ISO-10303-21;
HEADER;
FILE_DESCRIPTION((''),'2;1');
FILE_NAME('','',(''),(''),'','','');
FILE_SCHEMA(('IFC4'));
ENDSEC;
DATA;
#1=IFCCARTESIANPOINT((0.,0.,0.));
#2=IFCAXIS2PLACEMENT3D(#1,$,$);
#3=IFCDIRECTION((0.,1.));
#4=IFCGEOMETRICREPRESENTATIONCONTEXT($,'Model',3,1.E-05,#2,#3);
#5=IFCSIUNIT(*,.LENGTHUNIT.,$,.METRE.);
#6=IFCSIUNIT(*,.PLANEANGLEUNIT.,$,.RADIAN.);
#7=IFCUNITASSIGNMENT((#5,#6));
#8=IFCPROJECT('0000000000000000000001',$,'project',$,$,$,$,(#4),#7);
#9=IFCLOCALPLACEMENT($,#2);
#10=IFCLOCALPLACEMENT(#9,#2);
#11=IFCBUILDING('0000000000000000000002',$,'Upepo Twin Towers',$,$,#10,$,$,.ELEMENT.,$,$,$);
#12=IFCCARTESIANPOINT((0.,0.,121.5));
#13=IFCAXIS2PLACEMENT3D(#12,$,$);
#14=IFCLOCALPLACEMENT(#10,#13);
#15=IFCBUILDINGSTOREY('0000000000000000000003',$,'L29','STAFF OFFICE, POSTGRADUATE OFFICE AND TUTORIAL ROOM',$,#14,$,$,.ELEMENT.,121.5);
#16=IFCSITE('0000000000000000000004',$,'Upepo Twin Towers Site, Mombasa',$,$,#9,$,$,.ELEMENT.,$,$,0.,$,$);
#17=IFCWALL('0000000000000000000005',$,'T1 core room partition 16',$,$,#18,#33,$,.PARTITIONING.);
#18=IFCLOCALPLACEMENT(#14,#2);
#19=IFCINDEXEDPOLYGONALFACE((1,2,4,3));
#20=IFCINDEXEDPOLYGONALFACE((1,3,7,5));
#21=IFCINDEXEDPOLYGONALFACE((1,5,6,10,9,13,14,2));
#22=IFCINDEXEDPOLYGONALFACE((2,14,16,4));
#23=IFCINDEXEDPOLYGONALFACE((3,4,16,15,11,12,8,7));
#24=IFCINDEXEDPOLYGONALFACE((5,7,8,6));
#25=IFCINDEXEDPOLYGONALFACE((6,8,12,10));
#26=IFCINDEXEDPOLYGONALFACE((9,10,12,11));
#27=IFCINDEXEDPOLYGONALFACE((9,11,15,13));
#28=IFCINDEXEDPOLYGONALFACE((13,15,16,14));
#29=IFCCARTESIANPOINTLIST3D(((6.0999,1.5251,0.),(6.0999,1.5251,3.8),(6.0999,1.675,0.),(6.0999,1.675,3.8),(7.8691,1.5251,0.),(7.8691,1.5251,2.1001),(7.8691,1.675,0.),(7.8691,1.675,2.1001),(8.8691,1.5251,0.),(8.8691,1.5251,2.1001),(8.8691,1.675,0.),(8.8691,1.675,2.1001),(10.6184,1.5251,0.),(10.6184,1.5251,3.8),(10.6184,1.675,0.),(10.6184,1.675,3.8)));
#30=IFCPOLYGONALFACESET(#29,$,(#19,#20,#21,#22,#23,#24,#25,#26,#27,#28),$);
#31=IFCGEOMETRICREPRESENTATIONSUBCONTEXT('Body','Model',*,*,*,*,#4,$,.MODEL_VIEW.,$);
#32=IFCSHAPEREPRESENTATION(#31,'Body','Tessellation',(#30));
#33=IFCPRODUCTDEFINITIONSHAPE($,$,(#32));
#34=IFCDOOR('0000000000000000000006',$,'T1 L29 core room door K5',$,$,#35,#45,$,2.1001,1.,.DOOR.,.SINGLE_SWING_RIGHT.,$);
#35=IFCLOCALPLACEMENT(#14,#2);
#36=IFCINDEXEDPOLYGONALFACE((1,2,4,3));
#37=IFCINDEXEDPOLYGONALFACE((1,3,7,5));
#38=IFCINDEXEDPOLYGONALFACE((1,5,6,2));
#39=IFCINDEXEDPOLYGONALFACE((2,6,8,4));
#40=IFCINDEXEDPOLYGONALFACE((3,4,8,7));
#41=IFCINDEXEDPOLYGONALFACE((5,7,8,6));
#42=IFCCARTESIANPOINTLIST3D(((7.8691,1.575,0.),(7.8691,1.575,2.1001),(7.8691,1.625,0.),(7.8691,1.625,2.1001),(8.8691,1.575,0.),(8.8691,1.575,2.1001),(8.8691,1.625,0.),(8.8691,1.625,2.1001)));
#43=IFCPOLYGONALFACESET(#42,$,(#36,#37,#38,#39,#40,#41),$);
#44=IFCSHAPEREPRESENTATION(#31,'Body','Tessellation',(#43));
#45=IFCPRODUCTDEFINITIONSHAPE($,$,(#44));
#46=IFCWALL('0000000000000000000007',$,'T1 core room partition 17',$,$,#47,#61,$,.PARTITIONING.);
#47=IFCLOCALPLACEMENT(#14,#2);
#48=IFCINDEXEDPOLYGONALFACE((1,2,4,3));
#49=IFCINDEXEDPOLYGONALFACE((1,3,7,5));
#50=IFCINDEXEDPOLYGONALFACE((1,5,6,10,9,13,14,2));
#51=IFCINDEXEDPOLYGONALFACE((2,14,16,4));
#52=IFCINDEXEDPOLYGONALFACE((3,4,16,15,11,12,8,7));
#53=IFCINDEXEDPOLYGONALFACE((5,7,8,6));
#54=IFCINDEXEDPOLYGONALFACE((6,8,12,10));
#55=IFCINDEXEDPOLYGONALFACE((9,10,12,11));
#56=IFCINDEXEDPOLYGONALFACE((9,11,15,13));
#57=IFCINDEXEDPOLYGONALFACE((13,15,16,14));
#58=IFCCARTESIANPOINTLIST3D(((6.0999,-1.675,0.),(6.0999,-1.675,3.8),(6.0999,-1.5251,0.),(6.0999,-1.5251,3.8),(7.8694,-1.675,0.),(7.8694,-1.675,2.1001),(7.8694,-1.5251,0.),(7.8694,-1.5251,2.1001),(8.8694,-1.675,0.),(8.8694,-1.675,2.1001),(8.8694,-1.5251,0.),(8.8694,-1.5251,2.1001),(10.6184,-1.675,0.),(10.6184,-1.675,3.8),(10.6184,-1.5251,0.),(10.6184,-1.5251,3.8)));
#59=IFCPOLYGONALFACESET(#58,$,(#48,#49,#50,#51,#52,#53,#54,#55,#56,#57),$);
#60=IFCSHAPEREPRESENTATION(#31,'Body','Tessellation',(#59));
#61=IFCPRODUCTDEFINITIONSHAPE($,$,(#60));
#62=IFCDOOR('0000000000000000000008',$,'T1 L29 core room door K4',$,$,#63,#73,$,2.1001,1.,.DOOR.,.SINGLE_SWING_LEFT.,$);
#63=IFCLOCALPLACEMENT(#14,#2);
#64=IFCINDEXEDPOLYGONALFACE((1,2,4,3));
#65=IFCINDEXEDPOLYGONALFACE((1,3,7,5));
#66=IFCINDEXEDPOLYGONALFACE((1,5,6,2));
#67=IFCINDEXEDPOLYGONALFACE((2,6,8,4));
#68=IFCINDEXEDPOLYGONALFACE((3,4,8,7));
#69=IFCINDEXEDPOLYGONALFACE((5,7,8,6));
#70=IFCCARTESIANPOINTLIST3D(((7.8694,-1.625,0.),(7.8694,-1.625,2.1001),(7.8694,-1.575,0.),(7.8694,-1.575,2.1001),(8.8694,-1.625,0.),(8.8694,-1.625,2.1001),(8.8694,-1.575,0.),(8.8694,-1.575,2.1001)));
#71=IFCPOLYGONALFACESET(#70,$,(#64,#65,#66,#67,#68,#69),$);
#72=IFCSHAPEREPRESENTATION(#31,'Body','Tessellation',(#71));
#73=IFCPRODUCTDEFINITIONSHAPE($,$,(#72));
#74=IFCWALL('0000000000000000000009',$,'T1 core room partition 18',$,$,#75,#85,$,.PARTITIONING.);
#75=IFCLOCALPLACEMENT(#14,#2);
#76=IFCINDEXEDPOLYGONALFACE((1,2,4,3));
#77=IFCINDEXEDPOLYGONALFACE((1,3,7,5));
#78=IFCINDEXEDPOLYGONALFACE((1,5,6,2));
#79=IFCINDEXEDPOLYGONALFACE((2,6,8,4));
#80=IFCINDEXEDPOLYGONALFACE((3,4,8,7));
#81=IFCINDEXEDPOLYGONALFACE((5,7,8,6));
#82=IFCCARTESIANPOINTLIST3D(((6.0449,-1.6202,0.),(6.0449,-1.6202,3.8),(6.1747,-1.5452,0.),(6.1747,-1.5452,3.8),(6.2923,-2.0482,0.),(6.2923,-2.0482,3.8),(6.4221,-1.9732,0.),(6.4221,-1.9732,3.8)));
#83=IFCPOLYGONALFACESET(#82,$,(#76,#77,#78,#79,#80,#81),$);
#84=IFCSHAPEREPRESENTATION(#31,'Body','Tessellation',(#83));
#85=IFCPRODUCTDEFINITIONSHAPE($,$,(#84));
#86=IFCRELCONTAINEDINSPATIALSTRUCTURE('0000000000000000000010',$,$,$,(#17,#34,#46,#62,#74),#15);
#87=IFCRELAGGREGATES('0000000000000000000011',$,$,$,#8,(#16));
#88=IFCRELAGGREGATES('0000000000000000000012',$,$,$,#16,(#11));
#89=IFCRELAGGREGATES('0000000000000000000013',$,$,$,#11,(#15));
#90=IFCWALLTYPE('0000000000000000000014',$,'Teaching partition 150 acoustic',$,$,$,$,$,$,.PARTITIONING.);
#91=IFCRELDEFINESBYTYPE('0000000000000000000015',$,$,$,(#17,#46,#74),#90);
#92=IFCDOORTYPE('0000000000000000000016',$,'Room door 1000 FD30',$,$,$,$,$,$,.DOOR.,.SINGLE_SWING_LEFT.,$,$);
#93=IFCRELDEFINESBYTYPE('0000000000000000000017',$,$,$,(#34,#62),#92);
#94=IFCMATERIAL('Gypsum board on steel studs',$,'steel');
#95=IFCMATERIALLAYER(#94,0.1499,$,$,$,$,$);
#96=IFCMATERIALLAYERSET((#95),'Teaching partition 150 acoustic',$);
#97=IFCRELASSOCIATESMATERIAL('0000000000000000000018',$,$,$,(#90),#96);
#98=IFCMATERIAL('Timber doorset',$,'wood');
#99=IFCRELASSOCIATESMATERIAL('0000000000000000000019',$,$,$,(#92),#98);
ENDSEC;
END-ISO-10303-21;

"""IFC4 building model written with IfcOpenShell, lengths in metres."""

from ifc_helpers import new_model, si_unit, direction, frame, frame_2d, origin, place, context, subcontext, project, spatial, rectangle, extrude, material, layer, layer_set, type_object, element, fill, save


model = new_model("IFC4")

# Units and contexts
model_context = context("Model", 3, precision=1e-05, world=origin(), true_north=direction((0.0, 1.0)))
body_context = subcontext(model_context, "Body", "Model", "MODEL_VIEW")
ifc_project = project(units=[si_unit("LENGTHUNIT", "METRE"), si_unit("PLANEANGLEUNIT", "RADIAN")], contexts=[model_context])

# Site, building, storey
site_placement = place(None, origin())
site = spatial("IfcSite", under=ifc_project, at=site_placement, Name="Upepo Twin Towers Site, Mombasa", CompositionType="ELEMENT", RefElevation=0.0)
building_placement = place(site_placement, origin())
building = spatial("IfcBuilding", under=site, at=building_placement, Name="Upepo Twin Towers", CompositionType="ELEMENT")
storey_placement = place(building_placement, frame((0.0, 0.0, 121.5)))
storey = spatial("IfcBuildingStorey", under=building, at=storey_placement, Name="L29", Description="STAFF OFFICE, POSTGRADUATE OFFICE AND TUTORIAL ROOM", CompositionType="ELEMENT", Elevation=121.5)

# Shared definitions
ifc_material_1 = material(Name="Gypsum board on steel studs", Category="steel")
ifc_layer_1 = layer(ifc_material_1, 0.1499)
ifc_layer_set_1 = layer_set([ifc_layer_1], Name="Teaching partition 150 acoustic")
wall_type_1 = type_object("IfcWallType", Name="Teaching partition 150 acoustic", PredefinedType="PARTITIONING", material=ifc_layer_set_1)

# Walls, openings, doors
wall_1_placement = place(storey_placement, frame((6.0999, 1.6001, 0.0), z_axis=(0.0, 0.0, 1.0), x_axis=(1.0, 0.0, 0.0)))
wall_1 = element("IfcWall", 1, at=wall_1_placement, inside=storey, type_object=wall_type_1, Name="T1 core room partition 16", PredefinedType="PARTITIONING", context=body_context, shape_type="SweptSolid", body=[
    extrude(rectangle(XDim=4.5186, YDim=0.1499, at=frame_2d((2.2593, 0.0))), origin(), (0.0, 0.0, 1.0), 3.8),
])
opening_1_placement = place(wall_1_placement, frame((1.7693, 0.0, 0.0)))
opening_1 = element("IfcOpeningElement", 2, at=opening_1_placement, cuts=wall_1, PredefinedType="OPENING", context=body_context, shape_type="SweptSolid", body=[
    extrude(rectangle(XDim=1.0, YDim=2.1001, at=frame_2d((0.5, 1.05))), frame((0.0, 0.085, 0.0), z_axis=(0.0, -1.0, 0.0), x_axis=(1.0, 0.0, 0.0)), (0.0, 0.0, 1.0), 0.1699),
])
ifc_material_2 = material(Name="Timber doorset", Category="wood")
door_type_1 = type_object("IfcDoorType", Name="Room door 1000 FD30", OperationType="SINGLE_SWING_LEFT", PredefinedType="DOOR", material=ifc_material_2)
door_1_placement = place(opening_1_placement, origin())
door_1 = element("IfcDoor", 3, at=door_1_placement, inside=storey, type_object=door_type_1, Name="T1 L29 core room door K5", OperationType="SINGLE_SWING_RIGHT", OverallHeight=2.1001, OverallWidth=1.0, PredefinedType="DOOR", context=body_context, shape_type="SweptSolid", body=[
    extrude(rectangle(XDim=1.0, YDim=2.1001, at=frame_2d((0.5, 1.05))), frame((0.0, 0.0249, 0.0), z_axis=(0.0, -1.0, 0.0), x_axis=(1.0, 0.0, 0.0)), (0.0, 0.0, 1.0), 0.05),
])
fill(opening_1, door_1)
wall_2_placement = place(storey_placement, frame((10.6184, -1.6001, 0.0), z_axis=(0.0, 0.0, 1.0), x_axis=(-1.0, 0.0, 0.0)))
wall_2 = element("IfcWall", 4, at=wall_2_placement, inside=storey, type_object=wall_type_1, Name="T1 core room partition 17", PredefinedType="PARTITIONING", context=body_context, shape_type="SweptSolid", body=[
    extrude(rectangle(XDim=4.5186, YDim=0.1499, at=frame_2d((2.2593, 0.0))), origin(), (0.0, 0.0, 1.0), 3.8),
])
opening_2_placement = place(wall_2_placement, frame((1.749, 0.0, 0.0)))
opening_2 = element("IfcOpeningElement", 5, at=opening_2_placement, cuts=wall_2, PredefinedType="OPENING", context=body_context, shape_type="SweptSolid", body=[
    extrude(rectangle(XDim=1.0, YDim=2.1001, at=frame_2d((0.5, 1.05))), frame((0.0, 0.085, 0.0), z_axis=(0.0, -1.0, 0.0), x_axis=(1.0, 0.0, 0.0)), (0.0, 0.0, 1.0), 0.1699),
])
door_2_placement = place(opening_2_placement, origin())
door_2 = element("IfcDoor", 6, at=door_2_placement, inside=storey, type_object=door_type_1, Name="T1 L29 core room door K4", OperationType="SINGLE_SWING_LEFT", OverallHeight=2.1001, OverallWidth=1.0, PredefinedType="DOOR", context=body_context, shape_type="SweptSolid", body=[
    extrude(rectangle(XDim=1.0, YDim=2.1001, at=frame_2d((0.5, 1.05))), frame((0.0, 0.0249, 0.0), z_axis=(0.0, -1.0, 0.0), x_axis=(1.0, 0.0, 0.0)), (0.0, 0.0, 1.0), 0.05),
])
fill(opening_2, door_2)

# Wall
wall_3_placement = place(storey_placement, frame((6.1099, -1.5828, 0.0), z_axis=(0.0, 0.0, 1.0), x_axis=(0.500335, -0.865832, 0.0)))
element("IfcWall", 7, at=wall_3_placement, inside=storey, type_object=wall_type_1, Name="T1 core room partition 18", PredefinedType="PARTITIONING", context=body_context, shape_type="SweptSolid", body=[
    extrude(rectangle(XDim=0.4944, YDim=0.1499, at=frame_2d((0.2471, 0.0))), origin(), (0.0, 0.0, 1.0), 3.8),
])

save(model, "model.ifc")
